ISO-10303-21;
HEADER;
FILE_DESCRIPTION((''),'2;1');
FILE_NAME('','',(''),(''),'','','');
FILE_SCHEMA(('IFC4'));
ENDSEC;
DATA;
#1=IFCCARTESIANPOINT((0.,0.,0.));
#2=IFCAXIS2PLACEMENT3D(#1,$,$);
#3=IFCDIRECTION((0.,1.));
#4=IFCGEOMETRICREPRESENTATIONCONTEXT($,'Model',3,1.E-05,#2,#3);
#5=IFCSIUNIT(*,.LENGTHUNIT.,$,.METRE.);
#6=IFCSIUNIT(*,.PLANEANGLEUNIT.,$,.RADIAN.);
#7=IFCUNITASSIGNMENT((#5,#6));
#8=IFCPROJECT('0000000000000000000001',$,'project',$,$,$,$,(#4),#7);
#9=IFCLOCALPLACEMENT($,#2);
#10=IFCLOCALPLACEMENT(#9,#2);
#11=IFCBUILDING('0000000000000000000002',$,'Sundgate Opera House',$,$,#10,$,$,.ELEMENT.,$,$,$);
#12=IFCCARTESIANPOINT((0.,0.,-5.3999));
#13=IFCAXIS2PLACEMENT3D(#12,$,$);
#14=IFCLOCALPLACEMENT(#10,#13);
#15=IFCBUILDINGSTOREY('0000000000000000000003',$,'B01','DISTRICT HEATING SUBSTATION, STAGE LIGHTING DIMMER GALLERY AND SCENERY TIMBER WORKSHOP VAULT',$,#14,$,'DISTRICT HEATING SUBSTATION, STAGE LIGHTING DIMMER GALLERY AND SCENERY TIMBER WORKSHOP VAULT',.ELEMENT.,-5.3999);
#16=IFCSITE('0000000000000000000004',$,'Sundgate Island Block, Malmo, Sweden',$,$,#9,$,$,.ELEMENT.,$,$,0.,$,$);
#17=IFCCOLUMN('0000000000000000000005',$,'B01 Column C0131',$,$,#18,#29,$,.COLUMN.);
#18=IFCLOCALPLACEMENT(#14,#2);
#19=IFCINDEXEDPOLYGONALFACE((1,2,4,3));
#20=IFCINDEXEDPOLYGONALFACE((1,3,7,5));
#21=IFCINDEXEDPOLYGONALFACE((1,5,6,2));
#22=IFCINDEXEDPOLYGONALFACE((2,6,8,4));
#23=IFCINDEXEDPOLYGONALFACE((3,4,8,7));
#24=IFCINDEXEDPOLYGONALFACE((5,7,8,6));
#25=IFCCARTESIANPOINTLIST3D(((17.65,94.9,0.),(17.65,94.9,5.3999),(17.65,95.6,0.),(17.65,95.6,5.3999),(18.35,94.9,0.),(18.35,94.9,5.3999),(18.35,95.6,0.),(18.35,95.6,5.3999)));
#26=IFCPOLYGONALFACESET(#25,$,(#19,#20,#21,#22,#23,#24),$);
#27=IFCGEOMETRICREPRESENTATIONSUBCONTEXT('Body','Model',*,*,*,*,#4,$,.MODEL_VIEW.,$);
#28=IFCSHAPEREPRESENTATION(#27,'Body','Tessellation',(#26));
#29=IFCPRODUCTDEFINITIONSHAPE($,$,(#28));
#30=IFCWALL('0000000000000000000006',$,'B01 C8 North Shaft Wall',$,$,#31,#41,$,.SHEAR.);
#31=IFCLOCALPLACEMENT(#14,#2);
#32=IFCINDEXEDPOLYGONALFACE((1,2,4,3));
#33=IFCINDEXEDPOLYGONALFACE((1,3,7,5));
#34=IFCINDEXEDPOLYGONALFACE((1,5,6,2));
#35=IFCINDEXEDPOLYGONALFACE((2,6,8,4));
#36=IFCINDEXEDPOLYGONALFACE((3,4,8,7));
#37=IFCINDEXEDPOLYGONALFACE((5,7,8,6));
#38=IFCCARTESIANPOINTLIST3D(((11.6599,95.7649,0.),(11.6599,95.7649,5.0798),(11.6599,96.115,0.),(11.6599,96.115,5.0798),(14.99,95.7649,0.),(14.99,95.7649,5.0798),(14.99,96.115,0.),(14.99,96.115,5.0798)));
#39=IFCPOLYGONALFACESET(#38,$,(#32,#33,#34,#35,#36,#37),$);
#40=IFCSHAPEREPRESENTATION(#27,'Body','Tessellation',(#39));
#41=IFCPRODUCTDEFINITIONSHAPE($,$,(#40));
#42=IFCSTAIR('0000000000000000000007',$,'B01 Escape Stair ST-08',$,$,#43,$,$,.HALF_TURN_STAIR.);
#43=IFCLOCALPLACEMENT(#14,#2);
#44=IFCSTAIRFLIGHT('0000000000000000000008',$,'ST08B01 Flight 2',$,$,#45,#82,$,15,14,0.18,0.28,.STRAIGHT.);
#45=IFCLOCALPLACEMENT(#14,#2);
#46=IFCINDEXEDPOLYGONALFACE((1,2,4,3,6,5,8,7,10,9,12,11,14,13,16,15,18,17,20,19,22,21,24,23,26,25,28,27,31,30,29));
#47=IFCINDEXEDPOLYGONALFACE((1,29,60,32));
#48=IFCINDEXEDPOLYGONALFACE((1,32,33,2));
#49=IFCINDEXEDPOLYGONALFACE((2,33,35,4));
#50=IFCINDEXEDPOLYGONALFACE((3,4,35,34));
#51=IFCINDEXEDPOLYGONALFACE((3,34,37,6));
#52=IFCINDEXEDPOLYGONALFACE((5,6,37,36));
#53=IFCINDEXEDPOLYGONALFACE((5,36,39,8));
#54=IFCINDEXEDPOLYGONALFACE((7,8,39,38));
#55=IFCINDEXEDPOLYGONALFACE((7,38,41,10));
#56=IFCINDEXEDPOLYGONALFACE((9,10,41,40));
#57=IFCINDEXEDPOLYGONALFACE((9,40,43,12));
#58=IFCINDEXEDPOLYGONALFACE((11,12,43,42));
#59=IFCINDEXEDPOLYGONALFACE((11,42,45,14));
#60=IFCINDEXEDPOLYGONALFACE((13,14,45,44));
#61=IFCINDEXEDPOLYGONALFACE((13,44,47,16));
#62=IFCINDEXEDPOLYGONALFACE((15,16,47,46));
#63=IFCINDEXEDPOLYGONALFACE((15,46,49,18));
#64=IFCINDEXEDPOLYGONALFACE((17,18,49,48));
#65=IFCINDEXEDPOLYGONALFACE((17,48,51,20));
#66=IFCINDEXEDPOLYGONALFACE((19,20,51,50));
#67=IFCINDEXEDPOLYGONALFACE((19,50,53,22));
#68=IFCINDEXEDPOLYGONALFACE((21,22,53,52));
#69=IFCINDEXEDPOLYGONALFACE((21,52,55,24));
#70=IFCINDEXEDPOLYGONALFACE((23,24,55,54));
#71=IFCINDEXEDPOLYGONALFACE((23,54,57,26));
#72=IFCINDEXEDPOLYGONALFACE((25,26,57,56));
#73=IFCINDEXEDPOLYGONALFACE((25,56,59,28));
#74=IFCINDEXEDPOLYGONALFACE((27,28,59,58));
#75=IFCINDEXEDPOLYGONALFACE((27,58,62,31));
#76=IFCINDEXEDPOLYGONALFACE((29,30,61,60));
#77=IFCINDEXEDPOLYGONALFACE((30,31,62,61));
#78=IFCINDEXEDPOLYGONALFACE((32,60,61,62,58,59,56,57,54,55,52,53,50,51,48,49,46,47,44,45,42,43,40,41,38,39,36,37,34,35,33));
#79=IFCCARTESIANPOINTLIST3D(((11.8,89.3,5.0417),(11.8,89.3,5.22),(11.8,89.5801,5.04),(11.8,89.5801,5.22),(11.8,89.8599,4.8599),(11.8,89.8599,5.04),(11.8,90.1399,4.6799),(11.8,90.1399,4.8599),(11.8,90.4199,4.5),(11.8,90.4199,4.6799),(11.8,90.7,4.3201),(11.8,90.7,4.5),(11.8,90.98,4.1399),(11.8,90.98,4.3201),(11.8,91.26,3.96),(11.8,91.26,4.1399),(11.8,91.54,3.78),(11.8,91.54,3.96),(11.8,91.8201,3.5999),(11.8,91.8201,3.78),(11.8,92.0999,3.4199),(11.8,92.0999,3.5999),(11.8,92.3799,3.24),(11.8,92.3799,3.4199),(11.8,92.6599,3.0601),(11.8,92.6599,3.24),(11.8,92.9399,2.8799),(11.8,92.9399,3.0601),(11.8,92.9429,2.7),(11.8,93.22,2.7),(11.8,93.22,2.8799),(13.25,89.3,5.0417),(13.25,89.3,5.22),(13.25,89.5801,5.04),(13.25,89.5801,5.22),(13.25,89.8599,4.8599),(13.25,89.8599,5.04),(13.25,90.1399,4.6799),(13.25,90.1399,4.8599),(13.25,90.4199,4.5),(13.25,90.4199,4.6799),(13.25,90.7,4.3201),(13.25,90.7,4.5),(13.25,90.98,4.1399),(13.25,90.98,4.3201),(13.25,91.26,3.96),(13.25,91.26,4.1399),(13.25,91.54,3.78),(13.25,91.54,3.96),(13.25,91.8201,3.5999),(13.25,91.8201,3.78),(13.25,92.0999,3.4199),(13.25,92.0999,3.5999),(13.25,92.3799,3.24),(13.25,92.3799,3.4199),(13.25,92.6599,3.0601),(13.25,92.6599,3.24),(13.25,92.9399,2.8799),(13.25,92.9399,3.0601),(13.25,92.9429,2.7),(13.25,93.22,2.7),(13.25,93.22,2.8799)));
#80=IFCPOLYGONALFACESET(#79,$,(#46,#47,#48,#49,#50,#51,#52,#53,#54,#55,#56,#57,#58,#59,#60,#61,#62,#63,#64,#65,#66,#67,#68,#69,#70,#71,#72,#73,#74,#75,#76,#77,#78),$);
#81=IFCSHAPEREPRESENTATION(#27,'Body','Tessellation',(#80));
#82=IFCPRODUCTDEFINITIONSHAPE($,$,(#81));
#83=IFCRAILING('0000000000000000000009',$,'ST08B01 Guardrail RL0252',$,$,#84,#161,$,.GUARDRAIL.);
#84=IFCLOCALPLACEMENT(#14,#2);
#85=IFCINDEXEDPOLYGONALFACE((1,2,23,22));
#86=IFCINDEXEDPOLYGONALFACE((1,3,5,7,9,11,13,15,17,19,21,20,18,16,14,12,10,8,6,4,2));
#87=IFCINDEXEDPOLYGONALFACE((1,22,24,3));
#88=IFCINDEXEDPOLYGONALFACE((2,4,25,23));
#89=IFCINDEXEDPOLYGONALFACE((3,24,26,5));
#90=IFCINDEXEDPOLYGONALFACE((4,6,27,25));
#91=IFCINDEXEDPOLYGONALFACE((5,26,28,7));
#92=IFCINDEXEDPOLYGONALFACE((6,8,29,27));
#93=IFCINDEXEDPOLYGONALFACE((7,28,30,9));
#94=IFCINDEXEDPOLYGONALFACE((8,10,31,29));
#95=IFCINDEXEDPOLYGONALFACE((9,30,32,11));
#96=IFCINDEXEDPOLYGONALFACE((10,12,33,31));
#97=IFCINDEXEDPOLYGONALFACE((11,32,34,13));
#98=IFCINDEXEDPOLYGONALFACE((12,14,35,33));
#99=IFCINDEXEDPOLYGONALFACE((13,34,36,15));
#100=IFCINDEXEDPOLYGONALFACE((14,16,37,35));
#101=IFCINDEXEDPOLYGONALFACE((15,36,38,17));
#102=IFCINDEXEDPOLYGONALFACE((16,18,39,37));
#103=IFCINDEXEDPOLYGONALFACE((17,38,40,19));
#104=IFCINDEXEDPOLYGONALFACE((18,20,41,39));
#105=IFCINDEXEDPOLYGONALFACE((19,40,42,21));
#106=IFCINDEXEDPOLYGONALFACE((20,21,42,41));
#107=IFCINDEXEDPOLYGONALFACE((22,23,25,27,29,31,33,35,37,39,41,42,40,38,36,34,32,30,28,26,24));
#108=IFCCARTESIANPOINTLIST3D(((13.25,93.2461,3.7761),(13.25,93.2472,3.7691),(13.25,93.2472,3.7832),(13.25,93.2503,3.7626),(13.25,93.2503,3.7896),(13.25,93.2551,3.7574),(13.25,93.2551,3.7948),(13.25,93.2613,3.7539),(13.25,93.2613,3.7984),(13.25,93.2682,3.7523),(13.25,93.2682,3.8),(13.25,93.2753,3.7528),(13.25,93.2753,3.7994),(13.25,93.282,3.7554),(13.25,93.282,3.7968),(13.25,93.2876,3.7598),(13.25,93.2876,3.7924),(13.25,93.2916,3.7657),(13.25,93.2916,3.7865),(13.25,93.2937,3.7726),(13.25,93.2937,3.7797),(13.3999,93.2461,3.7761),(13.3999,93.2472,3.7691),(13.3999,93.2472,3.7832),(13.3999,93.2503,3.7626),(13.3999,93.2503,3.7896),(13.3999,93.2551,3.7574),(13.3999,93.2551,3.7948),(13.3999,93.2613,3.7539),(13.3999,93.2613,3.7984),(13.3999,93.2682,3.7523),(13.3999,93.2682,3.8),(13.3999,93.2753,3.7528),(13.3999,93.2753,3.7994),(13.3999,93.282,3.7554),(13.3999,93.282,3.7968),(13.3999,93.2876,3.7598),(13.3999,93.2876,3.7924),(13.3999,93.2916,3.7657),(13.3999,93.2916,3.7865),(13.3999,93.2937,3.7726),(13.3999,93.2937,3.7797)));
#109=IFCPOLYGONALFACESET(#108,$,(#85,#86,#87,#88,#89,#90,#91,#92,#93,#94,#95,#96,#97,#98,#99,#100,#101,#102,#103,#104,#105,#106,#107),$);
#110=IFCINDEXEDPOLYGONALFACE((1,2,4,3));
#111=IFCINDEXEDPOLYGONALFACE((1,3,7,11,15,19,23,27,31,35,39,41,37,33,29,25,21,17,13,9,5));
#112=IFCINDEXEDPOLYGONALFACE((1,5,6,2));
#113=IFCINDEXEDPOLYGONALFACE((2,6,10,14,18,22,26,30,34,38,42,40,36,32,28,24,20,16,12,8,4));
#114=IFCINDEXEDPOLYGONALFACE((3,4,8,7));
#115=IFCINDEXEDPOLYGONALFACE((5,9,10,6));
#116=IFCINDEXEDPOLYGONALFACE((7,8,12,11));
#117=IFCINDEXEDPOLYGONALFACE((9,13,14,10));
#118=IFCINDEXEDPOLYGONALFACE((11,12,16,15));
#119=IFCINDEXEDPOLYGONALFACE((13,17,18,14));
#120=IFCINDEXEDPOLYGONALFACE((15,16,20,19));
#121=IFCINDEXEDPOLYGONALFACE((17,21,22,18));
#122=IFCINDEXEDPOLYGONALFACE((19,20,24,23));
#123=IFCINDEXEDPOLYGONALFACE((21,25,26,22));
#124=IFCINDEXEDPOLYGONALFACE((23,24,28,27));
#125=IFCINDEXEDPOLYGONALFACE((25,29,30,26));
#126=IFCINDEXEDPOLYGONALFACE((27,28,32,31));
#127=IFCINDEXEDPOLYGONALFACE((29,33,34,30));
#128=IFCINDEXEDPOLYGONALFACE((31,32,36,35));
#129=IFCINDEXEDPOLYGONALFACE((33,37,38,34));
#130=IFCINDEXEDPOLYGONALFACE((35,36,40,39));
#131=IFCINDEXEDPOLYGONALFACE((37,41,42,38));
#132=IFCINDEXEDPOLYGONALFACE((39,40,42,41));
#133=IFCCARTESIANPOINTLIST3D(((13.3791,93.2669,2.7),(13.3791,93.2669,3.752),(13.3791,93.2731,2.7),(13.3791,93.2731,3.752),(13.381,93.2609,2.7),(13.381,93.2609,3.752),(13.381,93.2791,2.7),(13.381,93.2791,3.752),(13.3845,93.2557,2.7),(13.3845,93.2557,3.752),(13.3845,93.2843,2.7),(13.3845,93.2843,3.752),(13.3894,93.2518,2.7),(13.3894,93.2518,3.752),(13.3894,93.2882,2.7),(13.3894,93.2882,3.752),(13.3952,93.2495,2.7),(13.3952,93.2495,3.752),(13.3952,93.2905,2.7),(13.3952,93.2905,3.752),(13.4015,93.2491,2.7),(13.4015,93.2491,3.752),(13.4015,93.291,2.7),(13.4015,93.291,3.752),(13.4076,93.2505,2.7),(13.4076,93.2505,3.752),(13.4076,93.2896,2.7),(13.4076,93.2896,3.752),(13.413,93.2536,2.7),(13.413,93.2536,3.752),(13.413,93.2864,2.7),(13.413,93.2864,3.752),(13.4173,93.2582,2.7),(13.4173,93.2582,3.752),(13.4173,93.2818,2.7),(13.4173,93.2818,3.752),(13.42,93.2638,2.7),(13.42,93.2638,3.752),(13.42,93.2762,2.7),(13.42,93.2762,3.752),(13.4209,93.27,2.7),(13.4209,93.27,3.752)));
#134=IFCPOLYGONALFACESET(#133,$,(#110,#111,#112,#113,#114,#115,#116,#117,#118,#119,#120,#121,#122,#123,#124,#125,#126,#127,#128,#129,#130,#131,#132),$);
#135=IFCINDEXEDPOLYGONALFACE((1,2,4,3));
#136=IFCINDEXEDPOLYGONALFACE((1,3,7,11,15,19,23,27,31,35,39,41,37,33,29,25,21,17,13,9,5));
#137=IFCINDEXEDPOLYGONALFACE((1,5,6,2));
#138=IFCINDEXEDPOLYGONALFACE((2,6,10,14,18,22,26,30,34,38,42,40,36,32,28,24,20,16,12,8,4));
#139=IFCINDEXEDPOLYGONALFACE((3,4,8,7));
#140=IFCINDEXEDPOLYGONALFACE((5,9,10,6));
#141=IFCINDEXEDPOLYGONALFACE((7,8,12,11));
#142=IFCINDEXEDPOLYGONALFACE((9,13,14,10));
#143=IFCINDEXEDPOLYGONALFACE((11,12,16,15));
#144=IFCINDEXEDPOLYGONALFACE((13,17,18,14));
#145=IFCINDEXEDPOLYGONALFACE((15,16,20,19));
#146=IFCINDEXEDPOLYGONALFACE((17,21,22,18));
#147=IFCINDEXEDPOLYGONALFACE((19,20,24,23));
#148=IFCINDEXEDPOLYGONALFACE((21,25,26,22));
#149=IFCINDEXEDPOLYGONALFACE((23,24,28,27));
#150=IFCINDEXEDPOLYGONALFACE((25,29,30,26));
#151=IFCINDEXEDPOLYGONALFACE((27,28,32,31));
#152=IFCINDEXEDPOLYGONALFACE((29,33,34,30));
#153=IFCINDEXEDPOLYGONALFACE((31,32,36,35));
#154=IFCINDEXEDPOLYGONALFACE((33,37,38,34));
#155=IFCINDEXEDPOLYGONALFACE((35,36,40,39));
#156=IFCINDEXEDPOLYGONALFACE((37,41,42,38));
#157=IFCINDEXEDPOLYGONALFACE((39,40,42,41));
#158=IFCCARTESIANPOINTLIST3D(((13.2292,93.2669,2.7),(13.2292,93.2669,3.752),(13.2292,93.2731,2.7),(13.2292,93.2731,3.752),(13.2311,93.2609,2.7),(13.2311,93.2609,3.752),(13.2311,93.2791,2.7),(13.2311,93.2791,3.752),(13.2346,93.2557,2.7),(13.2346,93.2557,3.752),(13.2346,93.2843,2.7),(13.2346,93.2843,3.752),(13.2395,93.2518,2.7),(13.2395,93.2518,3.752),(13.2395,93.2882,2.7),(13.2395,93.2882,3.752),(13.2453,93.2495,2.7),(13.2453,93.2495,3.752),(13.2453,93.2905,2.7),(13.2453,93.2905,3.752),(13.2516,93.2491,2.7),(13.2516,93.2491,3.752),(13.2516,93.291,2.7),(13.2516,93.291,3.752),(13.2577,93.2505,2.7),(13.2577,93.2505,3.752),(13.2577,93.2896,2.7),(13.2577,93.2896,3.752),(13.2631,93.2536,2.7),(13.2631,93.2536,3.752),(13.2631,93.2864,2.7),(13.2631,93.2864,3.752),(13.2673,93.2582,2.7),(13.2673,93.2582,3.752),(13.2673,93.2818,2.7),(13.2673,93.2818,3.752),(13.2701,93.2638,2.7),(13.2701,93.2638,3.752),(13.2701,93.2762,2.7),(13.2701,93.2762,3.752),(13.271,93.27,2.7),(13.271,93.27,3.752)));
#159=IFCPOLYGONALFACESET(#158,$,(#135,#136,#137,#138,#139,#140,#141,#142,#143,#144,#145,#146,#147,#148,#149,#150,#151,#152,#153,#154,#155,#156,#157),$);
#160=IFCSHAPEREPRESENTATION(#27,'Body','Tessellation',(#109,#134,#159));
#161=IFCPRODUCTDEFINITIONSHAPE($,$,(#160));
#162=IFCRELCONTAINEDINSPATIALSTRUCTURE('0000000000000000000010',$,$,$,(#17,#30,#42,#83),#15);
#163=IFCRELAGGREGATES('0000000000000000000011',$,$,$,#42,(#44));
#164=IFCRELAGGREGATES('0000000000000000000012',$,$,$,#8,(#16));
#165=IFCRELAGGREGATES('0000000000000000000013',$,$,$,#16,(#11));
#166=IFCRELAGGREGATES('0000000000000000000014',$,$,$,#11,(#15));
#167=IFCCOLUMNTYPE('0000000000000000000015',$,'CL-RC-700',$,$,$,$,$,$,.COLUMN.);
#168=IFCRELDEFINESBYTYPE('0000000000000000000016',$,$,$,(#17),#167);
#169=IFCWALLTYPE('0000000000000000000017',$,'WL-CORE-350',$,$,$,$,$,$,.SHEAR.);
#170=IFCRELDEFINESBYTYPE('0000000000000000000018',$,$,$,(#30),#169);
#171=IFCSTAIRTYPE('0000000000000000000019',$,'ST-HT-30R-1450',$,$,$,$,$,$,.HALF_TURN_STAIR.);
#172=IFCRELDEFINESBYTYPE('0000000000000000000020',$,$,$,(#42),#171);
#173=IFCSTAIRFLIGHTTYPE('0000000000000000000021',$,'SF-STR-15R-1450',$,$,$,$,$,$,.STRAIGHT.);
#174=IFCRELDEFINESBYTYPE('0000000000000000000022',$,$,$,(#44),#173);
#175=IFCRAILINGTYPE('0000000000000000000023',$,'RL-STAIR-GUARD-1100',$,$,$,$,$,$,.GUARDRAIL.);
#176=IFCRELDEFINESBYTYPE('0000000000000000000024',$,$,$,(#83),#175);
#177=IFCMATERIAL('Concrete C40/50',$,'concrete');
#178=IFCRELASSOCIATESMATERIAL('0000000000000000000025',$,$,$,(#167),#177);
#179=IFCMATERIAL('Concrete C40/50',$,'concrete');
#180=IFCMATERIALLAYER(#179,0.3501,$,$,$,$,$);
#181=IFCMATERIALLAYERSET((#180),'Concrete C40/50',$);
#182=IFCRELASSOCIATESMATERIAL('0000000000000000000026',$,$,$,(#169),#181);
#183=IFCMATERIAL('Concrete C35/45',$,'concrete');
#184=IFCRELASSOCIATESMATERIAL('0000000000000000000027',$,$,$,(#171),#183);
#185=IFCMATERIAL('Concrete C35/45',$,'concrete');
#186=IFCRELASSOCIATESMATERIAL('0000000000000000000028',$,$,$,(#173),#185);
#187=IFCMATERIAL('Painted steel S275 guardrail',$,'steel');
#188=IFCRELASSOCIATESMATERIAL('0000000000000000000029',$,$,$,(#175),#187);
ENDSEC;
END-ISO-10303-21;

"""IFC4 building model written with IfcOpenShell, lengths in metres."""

from ifc_helpers import new_model, si_unit, direction, frame, frame_2d, origin, origin_2d, place, context, subcontext, project, spatial, polyline, rectangle, circle, outline, extrude, material, layer, layer_set, material_profile, profile_set, type_object, element, aggregate, save


model = new_model("IFC4")

# Units and contexts
model_context = context("Model", 3, precision=1e-05, world=origin(), true_north=direction((0.0, 1.0)))
body_context = subcontext(model_context, "Body", "Model", "MODEL_VIEW")
ifc_project = project(units=[si_unit("LENGTHUNIT", "METRE"), si_unit("PLANEANGLEUNIT", "RADIAN")], contexts=[model_context])

# Site, building, storey
site_placement = place(None, origin())
site = spatial("IfcSite", under=ifc_project, at=site_placement, Name="Sundgate Island Block, Malmo, Sweden", CompositionType="ELEMENT", RefElevation=0.0)
building_placement = place(site_placement, origin())
building = spatial("IfcBuilding", under=site, at=building_placement, Name="Sundgate Opera House", CompositionType="ELEMENT")
storey_placement = place(building_placement, frame((0.0, 0.0, -5.3999)))
storey = spatial("IfcBuildingStorey", under=building, at=storey_placement, Name="B01", Description="DISTRICT HEATING SUBSTATION, STAGE LIGHTING DIMMER GALLERY AND SCENERY TIMBER WORKSHOP VAULT", LongName="DISTRICT HEATING SUBSTATION, STAGE LIGHTING DIMMER GALLERY AND SCENERY TIMBER WORKSHOP VAULT", CompositionType="ELEMENT", Elevation=-5.3999)

# Column
ifc_material_1 = material(Name="Concrete C40/50", Category="concrete")
ifc_material_profile_1 = material_profile(ifc_material_1, rectangle(XDim=0.7, YDim=0.7, at=origin_2d()), Name="RC 700x700")
ifc_profile_set_1 = profile_set([ifc_material_profile_1], Name="Concrete C40/50")
column_type = type_object("IfcColumnType", Name="CL-RC-700", PredefinedType="COLUMN", material=ifc_profile_set_1)
for number, where, z_axis, x_axis, name in (
    (1, (18.0, 95.25, 0.0), (0.0, 0.0, 1.0), (1.0, 0.0, 0.0), "B01 Column C0131"),
):
    element("IfcColumn", number, at=place(storey_placement, frame(where, z_axis=z_axis, x_axis=x_axis)), inside=storey, type_object=column_type, Name=name, PredefinedType="COLUMN", context=body_context, shape_type="SweptSolid", body=[
        extrude(rectangle(XDim=0.7, YDim=0.7, at=origin_2d()), origin(), (0.0, 0.0, 1.0), 5.3999),
    ])

# Wall
ifc_material_2 = material(Name="Concrete C40/50", Category="concrete")
ifc_layer = layer(ifc_material_2, 0.3501)
ifc_layer_set = layer_set([ifc_layer], Name="Concrete C40/50")
wall_type = type_object("IfcWallType", Name="WL-CORE-350", PredefinedType="SHEAR", material=ifc_layer_set)
wall_placement = place(storey_placement, frame((11.6599, 95.9399, 0.0), z_axis=(0.0, 0.0, 1.0), x_axis=(1.0, 0.0, 0.0)))
element("IfcWall", 2, at=wall_placement, inside=storey, type_object=wall_type, Name="B01 C8 North Shaft Wall", PredefinedType="SHEAR", context=body_context, shape_type="SweptSolid", body=[
    extrude(rectangle(XDim=3.3301, YDim=0.3501, at=frame_2d((1.665, 0.0))), origin(), (0.0, 0.0, 1.0), 5.0798),
])

# Stair, stair flight
ifc_material_3 = material(Name="Concrete C35/45", Category="concrete")
stair_type = type_object("IfcStairType", Name="ST-HT-30R-1450", PredefinedType="HALF_TURN_STAIR", material=ifc_material_3)
stair_placement = place(storey_placement, origin())
stair = element("IfcStair", 3, at=stair_placement, inside=storey, type_object=stair_type, Name="B01 Escape Stair ST-08", PredefinedType="HALF_TURN_STAIR")
ifc_material_4 = material(Name="Concrete C35/45", Category="concrete")
stair_flight_type = type_object("IfcStairFlightType", Name="SF-STR-15R-1450", PredefinedType="STRAIGHT", material=ifc_material_4)
stair_flight_placement = place(storey_placement, frame((12.5249, 93.22, 2.7), z_axis=(0.0, 0.0, 1.0), x_axis=(0.0, -1.0, 0.0)))
stair_flight = element("IfcStairFlight", 4, at=stair_flight_placement, type_object=stair_flight_type, Name="ST08B01 Flight 2", NumberOfRisers=15, NumberOfTreads=14, PredefinedType="STRAIGHT", RiserHeight=0.18, TreadLength=0.28, context=body_context, shape_type="SweptSolid", body=[
    extrude(outline(polyline([(0.0, 0.0), (0.0, 0.1799), (0.28, 0.1799), (0.28, 0.3601), (0.5601, 0.3601), (0.5601, 0.54), (0.8401, 0.54), (0.8401, 0.72), (1.1201, 0.72), (1.1201, 0.8999), (1.3999, 0.8999), (1.3999, 1.0801), (1.6799, 1.0801), (1.6799, 1.26), (1.96, 1.26), (1.96, 1.4399), (2.24, 1.4399), (2.24, 1.6201), (2.52, 1.6201), (2.52, 1.8), (2.8, 1.8), (2.8, 1.98), (3.0801, 1.98), (3.0801, 2.1599), (3.3601, 2.1599), (3.3601, 2.3401), (3.6399, 2.3401), (3.6399, 2.52), (3.9199, 2.52), (3.9199, 2.7), (3.9199, 2.3418), (0.2771, 0.0), (0.0, 0.0)])), frame((0.0, 0.7251, 0.0), z_axis=(0.0, -1.0, 0.0), x_axis=(1.0, 0.0, 0.0)), (0.0, 0.0, 1.0), 1.45),
])
aggregate(stair, [stair_flight])

# Railing
ifc_material_5 = material(Name="Painted steel S275 guardrail", Category="steel")
railing_type_1 = type_object("IfcRailingType", Name="RL-STAIR-GUARD-1100", PredefinedType="GUARDRAIL", material=ifc_material_5)
railing_1_placement = place(storey_placement, frame((13.3999, 93.27, 2.7)))
element("IfcRailing", 5, at=railing_1_placement, inside=storey, type_object=railing_type_1, Name="ST08B01 Guardrail RL0252", PredefinedType="GUARDRAIL", context=body_context, shape_type="SweptSolid", body=[
    extrude(circle(Radius=0.0239, at=origin_2d()), frame((0.0, 0.0, 1.0762), z_axis=(-1.0, 0.0, 0.0), x_axis=(0.0, -1.0, 0.0)), (0.0, 0.0, 1.0), 0.1499),
    extrude(circle(Radius=0.021, at=origin_2d()), origin(), (0.0, 0.0, 1.0), 1.052),
    extrude(circle(Radius=0.021, at=origin_2d()), frame((-0.1499, 0.0, 0.0)), (0.0, 0.0, 1.0), 1.052),
])

save(model, "model.ifc")
